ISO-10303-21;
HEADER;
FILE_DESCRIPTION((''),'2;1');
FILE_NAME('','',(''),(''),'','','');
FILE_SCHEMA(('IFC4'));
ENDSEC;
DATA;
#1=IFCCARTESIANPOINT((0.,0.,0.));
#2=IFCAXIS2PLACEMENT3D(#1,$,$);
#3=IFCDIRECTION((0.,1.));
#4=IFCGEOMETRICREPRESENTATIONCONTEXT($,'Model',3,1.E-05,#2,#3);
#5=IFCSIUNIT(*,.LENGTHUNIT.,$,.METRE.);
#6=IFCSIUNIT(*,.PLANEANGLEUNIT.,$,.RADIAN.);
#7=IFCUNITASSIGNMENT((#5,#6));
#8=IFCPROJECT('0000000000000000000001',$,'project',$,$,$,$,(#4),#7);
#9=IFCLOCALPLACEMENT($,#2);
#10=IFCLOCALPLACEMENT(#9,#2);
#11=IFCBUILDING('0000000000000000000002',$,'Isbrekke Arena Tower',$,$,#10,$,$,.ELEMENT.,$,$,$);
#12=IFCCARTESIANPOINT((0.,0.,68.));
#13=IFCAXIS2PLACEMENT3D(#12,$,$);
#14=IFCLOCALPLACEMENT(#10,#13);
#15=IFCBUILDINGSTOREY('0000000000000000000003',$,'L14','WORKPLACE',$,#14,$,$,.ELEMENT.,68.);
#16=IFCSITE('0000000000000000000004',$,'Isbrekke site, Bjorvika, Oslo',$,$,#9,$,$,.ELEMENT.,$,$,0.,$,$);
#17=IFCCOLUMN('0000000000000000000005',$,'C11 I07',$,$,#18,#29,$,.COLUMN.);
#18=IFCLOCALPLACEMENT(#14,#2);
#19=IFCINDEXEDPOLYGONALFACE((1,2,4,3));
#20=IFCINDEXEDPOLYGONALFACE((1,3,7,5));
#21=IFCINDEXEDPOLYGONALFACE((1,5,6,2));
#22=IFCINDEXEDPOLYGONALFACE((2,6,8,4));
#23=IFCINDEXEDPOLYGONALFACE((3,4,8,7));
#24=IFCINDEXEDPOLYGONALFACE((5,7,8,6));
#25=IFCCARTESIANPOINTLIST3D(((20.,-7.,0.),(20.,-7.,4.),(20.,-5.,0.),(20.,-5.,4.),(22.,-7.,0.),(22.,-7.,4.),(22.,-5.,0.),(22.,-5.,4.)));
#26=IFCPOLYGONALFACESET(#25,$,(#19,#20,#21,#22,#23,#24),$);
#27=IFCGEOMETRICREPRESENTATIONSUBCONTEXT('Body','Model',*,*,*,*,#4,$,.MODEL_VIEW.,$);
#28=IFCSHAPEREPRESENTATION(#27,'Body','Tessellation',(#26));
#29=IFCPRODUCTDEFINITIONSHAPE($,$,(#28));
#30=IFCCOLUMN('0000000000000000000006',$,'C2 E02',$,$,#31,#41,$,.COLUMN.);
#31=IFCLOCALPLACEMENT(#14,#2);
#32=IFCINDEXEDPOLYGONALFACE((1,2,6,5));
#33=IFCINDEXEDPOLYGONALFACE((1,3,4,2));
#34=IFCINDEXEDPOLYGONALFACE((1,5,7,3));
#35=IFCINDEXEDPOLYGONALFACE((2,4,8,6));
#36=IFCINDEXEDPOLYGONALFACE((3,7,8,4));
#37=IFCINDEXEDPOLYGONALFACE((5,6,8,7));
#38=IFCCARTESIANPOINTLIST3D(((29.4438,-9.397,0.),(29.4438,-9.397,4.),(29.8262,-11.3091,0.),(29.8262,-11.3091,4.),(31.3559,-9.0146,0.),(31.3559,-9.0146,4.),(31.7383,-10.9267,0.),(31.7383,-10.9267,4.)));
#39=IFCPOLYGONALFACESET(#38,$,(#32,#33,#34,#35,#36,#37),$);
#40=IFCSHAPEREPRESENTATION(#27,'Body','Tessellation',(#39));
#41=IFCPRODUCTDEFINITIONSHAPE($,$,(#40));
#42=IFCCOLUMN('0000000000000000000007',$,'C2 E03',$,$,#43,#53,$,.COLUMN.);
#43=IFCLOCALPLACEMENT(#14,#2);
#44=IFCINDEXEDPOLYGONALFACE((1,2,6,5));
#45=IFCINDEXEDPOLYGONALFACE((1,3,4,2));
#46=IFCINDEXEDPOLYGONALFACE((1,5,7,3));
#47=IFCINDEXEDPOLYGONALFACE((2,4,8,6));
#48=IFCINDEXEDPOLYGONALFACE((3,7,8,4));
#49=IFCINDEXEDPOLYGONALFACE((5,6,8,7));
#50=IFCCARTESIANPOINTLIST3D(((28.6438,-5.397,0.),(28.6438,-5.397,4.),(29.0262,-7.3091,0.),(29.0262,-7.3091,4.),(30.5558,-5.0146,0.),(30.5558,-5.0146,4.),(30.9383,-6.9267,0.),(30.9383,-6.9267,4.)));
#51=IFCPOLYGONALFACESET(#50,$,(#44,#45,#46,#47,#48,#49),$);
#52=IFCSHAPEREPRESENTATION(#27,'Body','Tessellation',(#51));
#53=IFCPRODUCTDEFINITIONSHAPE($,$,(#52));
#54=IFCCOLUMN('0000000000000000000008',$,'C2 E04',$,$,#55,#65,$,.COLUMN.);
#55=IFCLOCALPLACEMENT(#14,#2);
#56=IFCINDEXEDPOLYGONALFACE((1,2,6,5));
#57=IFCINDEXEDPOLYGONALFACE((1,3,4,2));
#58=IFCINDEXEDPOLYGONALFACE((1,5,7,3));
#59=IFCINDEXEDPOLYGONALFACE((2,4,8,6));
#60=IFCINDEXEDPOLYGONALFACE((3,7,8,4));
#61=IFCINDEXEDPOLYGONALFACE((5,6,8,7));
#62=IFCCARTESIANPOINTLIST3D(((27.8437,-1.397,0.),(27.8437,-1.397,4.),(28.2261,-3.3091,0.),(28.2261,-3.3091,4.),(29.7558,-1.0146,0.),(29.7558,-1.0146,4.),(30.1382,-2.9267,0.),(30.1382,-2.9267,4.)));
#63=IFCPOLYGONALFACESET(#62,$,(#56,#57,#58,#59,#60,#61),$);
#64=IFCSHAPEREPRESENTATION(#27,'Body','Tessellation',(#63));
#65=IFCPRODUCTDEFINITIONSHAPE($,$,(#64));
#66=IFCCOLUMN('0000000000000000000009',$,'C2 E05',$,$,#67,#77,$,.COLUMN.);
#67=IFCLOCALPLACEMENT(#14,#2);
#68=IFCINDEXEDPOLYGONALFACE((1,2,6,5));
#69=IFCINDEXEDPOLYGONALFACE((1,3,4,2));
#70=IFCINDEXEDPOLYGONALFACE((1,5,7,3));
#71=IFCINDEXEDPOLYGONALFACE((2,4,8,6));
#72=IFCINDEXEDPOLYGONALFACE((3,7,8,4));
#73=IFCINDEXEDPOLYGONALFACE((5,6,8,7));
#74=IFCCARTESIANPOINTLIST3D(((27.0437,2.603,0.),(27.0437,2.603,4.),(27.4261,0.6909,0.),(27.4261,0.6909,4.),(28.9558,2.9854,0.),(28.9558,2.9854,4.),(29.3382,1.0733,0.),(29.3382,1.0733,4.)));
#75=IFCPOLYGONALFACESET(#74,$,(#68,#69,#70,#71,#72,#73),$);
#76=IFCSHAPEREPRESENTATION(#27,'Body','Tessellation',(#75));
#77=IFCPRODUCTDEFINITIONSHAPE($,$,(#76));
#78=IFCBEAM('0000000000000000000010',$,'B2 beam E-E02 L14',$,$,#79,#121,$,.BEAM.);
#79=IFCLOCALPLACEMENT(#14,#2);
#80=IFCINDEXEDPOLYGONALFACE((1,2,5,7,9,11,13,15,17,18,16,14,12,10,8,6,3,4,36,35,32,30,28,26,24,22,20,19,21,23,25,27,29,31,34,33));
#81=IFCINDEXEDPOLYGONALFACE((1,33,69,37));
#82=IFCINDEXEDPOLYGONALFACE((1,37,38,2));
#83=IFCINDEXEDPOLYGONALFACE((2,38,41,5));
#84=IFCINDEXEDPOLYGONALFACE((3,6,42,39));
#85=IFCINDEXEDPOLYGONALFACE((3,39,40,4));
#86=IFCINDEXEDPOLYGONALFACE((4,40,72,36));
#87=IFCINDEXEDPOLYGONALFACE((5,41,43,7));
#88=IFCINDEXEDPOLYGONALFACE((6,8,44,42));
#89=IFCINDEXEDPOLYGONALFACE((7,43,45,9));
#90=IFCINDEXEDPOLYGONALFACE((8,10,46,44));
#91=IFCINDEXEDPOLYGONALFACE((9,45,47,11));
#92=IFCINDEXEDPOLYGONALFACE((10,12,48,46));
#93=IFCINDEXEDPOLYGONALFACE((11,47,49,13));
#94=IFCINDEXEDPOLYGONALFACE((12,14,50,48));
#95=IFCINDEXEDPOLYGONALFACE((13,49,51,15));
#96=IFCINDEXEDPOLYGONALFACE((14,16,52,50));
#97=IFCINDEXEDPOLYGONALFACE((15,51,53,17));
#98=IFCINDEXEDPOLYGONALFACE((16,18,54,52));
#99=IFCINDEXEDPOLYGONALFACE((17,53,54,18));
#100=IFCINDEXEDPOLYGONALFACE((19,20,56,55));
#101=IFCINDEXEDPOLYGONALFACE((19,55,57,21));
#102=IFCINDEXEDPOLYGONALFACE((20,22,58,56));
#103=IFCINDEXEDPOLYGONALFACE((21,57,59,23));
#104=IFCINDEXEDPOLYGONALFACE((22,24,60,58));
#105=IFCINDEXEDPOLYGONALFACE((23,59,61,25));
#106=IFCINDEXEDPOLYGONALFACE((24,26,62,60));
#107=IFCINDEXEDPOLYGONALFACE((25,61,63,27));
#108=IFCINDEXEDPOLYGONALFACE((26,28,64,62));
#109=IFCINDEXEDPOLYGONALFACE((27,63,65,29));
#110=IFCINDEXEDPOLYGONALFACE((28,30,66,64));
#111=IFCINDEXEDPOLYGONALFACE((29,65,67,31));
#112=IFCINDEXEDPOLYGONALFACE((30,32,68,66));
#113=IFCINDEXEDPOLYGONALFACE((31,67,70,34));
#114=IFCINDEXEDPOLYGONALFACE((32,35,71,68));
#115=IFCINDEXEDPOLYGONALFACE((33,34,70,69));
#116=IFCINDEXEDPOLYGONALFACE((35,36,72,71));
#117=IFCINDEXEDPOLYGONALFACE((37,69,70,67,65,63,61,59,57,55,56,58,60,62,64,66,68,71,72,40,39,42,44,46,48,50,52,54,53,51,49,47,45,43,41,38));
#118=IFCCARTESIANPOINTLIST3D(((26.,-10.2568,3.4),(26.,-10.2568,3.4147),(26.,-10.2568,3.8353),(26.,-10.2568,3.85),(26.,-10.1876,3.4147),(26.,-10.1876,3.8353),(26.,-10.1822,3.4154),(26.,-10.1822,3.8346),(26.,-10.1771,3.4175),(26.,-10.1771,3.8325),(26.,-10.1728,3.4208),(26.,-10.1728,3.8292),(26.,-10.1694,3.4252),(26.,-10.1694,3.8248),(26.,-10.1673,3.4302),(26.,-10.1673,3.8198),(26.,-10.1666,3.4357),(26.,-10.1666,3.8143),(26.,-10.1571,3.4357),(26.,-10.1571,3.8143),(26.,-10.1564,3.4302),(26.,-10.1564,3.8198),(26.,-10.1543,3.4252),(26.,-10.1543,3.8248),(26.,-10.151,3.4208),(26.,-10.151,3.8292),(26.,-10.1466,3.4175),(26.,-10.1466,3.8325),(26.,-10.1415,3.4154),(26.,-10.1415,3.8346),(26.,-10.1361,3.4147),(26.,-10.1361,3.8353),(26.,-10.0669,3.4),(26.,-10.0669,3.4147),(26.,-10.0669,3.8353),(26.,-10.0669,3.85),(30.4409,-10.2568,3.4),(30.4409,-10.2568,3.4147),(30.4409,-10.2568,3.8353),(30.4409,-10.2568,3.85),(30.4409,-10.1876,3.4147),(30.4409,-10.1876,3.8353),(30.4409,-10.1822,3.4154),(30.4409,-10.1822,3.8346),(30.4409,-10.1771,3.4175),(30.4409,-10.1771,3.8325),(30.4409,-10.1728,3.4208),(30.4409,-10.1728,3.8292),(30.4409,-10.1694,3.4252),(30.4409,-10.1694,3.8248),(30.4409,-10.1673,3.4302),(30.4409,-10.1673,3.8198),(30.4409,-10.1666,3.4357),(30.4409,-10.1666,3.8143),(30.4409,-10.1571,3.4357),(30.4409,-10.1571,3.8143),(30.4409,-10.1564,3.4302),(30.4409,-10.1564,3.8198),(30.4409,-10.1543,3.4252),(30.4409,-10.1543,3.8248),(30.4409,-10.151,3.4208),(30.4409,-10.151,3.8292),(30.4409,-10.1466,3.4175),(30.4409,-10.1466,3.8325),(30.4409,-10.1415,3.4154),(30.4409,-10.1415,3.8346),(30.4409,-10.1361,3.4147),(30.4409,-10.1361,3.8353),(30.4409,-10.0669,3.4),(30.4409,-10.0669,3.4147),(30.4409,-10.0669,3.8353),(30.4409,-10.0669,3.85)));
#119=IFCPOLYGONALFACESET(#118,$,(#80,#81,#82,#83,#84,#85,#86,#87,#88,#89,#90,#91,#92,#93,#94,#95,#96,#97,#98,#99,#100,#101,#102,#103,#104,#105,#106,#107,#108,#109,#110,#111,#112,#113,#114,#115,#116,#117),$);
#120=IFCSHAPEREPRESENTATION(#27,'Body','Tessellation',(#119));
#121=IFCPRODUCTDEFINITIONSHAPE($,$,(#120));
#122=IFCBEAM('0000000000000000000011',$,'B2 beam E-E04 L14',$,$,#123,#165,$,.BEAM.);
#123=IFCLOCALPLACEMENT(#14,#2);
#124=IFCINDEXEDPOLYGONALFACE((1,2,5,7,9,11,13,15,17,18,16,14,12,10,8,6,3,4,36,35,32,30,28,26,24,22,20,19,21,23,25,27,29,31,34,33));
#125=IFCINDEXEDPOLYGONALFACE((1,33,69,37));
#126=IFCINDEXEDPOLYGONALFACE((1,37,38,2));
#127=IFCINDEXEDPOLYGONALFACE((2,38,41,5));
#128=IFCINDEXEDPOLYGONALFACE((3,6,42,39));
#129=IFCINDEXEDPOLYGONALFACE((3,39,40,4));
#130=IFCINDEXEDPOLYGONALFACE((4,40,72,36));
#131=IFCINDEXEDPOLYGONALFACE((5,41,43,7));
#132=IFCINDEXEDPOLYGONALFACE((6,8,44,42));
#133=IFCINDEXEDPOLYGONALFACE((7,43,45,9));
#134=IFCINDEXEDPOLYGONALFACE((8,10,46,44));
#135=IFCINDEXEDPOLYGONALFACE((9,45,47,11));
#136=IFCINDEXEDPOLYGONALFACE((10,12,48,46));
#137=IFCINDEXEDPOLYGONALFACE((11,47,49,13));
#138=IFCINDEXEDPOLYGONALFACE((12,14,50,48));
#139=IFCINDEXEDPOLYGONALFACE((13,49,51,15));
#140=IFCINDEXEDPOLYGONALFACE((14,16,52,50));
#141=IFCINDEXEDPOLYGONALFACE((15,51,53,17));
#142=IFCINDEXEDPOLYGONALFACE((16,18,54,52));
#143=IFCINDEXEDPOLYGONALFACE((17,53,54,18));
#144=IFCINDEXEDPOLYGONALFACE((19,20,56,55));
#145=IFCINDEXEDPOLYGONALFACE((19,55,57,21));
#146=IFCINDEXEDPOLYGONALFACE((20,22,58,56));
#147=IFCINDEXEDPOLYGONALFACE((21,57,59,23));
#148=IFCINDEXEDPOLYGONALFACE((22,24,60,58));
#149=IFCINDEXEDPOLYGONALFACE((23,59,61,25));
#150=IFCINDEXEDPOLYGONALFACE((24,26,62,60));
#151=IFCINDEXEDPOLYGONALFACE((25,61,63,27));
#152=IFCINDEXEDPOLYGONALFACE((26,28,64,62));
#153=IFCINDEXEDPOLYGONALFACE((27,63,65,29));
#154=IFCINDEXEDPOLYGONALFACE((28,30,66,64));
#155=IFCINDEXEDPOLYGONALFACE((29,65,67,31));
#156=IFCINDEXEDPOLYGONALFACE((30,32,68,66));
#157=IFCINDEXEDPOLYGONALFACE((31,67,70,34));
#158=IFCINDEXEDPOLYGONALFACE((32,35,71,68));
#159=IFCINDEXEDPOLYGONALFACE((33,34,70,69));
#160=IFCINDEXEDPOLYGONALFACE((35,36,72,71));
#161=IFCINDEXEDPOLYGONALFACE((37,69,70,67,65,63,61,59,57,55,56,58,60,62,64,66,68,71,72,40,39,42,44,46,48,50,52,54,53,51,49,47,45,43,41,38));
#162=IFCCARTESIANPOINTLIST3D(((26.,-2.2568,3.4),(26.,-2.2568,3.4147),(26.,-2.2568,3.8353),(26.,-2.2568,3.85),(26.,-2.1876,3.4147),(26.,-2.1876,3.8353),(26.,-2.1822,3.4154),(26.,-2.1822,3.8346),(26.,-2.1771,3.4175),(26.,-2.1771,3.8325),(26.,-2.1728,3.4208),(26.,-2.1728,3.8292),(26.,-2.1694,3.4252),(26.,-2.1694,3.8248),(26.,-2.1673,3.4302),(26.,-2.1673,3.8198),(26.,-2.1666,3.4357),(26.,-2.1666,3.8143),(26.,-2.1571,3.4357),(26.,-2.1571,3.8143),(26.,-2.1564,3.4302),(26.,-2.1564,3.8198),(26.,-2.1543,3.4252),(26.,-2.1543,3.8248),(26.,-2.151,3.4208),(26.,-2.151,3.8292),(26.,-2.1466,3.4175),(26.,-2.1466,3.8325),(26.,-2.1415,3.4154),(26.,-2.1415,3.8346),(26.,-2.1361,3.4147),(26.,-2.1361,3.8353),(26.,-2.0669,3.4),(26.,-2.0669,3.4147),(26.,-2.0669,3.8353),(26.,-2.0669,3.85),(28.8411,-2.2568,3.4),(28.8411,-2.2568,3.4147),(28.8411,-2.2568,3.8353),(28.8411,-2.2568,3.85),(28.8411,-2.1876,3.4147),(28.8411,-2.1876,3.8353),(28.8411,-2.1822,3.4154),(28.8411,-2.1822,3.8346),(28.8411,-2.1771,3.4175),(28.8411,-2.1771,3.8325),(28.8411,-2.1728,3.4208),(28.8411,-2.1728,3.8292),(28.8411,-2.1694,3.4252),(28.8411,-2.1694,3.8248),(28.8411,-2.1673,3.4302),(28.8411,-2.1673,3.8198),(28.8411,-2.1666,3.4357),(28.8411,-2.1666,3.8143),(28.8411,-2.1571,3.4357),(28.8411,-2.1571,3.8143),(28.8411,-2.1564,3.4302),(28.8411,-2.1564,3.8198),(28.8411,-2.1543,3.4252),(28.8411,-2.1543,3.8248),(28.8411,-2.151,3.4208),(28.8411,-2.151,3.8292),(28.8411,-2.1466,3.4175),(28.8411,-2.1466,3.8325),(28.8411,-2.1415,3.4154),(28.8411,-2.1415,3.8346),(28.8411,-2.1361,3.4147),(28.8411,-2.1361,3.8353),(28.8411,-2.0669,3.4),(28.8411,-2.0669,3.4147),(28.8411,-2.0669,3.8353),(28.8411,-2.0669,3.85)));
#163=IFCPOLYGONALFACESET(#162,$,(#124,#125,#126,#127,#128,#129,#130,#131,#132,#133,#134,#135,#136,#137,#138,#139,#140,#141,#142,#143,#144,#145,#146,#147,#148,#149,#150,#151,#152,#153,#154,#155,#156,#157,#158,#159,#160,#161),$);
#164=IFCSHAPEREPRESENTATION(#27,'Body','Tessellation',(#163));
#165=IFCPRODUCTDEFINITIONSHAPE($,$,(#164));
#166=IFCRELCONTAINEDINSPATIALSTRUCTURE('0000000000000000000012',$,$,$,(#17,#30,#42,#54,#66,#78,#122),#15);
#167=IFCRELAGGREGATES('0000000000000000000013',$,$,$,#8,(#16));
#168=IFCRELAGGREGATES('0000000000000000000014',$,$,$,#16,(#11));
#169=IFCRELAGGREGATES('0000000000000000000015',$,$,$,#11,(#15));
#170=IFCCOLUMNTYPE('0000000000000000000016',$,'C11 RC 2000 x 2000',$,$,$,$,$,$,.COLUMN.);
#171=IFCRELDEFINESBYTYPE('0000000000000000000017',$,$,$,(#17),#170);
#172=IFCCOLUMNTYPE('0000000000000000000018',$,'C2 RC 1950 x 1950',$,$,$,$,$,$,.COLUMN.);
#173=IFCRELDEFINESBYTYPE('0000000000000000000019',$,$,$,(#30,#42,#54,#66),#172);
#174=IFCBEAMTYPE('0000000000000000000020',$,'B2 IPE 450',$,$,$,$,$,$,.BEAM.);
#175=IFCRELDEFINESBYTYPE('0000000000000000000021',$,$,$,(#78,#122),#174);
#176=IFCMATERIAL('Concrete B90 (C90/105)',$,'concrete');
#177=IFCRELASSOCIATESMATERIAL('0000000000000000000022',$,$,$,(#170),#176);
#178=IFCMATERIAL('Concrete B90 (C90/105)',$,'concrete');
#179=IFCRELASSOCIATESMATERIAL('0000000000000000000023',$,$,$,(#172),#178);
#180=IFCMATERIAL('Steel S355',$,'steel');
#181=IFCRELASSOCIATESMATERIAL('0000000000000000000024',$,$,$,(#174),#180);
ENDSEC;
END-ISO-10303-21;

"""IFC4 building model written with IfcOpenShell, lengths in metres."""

from ifc_helpers import new_model, si_unit, direction, frame, origin, origin_2d, place, context, subcontext, project, spatial, rectangle, i_section, extrude, material, material_profile, profile_set, type_object, element, save


model = new_model("IFC4")

# Units and contexts
model_context = context("Model", 3, precision=1e-05, world=origin(), true_north=direction((0.0, 1.0)))
body_context = subcontext(model_context, "Body", "Model", "MODEL_VIEW")
ifc_project = project(units=[si_unit("LENGTHUNIT", "METRE"), si_unit("PLANEANGLEUNIT", "RADIAN")], contexts=[model_context])

# Site, building, storey
site_placement = place(None, origin())
site = spatial("IfcSite", under=ifc_project, at=site_placement, Name="Isbrekke site, Bjorvika, Oslo", CompositionType="ELEMENT", RefElevation=0.0)
building_placement = place(site_placement, origin())
building = spatial("IfcBuilding", under=site, at=building_placement, Name="Isbrekke Arena Tower", CompositionType="ELEMENT")
storey_placement = place(building_placement, frame((0.0, 0.0, 68.0)))
storey = spatial("IfcBuildingStorey", under=building, at=storey_placement, Name="L14", Description="WORKPLACE", CompositionType="ELEMENT", Elevation=68.0)

# Columns
ifc_material_1 = material(Name="Concrete B90 (C90/105)", Category="concrete")
ifc_material_profile_1 = material_profile(ifc_material_1, rectangle(XDim=2.0, YDim=2.0, at=origin_2d()), Name="RC 2000x2000")
ifc_profile_set_1 = profile_set([ifc_material_profile_1], Name="Concrete B90 (C90/105)")
column_type_1 = type_object("IfcColumnType", Name="C11 RC 2000 x 2000", PredefinedType="COLUMN", material=ifc_profile_set_1)
column_placement = place(storey_placement, frame((21.0, -6.0, 0.0), z_axis=(0.0, 0.0, 1.0), x_axis=(1.0, 0.0, 0.0)))
element("IfcColumn", 1, at=column_placement, inside=storey, type_object=column_type_1, Name="C11 I07", PredefinedType="COLUMN", context=body_context, shape_type="SweptSolid", body=[
    extrude(rectangle(XDim=2.0, YDim=2.0, at=origin_2d()), origin(), (0.0, 0.0, 1.0), 4.0),
])
ifc_material_2 = material(Name="Concrete B90 (C90/105)", Category="concrete")
ifc_material_profile_2 = material_profile(ifc_material_2, rectangle(XDim=1.95, YDim=1.95, at=origin_2d()), Name="RC 1950x1950")
ifc_profile_set_2 = profile_set([ifc_material_profile_2], Name="Concrete B90 (C90/105)")
column_type_2 = type_object("IfcColumnType", Name="C2 RC 1950 x 1950", PredefinedType="COLUMN", material=ifc_profile_set_2)
for number, where, z_axis, x_axis, name in (
    (2, (30.5911, -10.1619, 0.0), (0.0, 0.0, 1.0), (-0.196116, 0.980581, 0.0), "C2 E02"),
    (3, (29.791, -6.1619, 0.0), (0.0, 0.0, 1.0), (-0.196116, 0.980581, 0.0), "C2 E03"),
    (4, (28.991, -2.1619, 0.0), (0.0, 0.0, 1.0), (-0.196116, 0.980581, 0.0), "C2 E04"),
    (5, (28.1909, 1.8381, 0.0), (0.0, 0.0, 1.0), (-0.196116, 0.980581, 0.0), "C2 E05"),
):
    element("IfcColumn", number, at=place(storey_placement, frame(where, z_axis=z_axis, x_axis=x_axis)), inside=storey, type_object=column_type_2, Name=name, PredefinedType="COLUMN", context=body_context, shape_type="SweptSolid", body=[
        extrude(rectangle(XDim=1.95, YDim=1.95, at=origin_2d()), origin(), (0.0, 0.0, 1.0), 4.0),
    ])

# Beams
ifc_material_3 = material(Name="Steel S355", Category="steel")
ifc_material_profile_3 = material_profile(ifc_material_3, i_section(OverallWidth=0.1899, OverallDepth=0.45, WebThickness=0.0095, FlangeThickness=0.0146, FilletRadius=0.021, at=origin_2d()), Name="IPE 450")
ifc_profile_set_3 = profile_set([ifc_material_profile_3], Name="Steel S355")
beam_type_1 = type_object("IfcBeamType", Name="B2 IPE 450", PredefinedType="BEAM", material=ifc_profile_set_3)
beam_1_placement = place(storey_placement, frame((30.4409, -10.1619, 3.625), z_axis=(-1.0, 0.0, 0.0), x_axis=(0.0, -1.0, 0.0)))
element("IfcBeam", 6, at=beam_1_placement, inside=storey, type_object=beam_type_1, Name="B2 beam E-E02 L14", PredefinedType="BEAM", context=body_context, shape_type="SweptSolid", body=[
    extrude(i_section(OverallWidth=0.1899, OverallDepth=0.45, WebThickness=0.0095, FlangeThickness=0.0146, FilletRadius=0.021, at=origin_2d()), origin(), (0.0, 0.0, 1.0), 4.4409),
])
beam_2_placement = place(storey_placement, frame((28.8411, -2.1619, 3.625), z_axis=(-1.0, 0.0, 0.0), x_axis=(0.0, -1.0, 0.0)))
element("IfcBeam", 7, at=beam_2_placement, inside=storey, type_object=beam_type_1, Name="B2 beam E-E04 L14", PredefinedType="BEAM", context=body_context, shape_type="SweptSolid", body=[
    extrude(i_section(OverallWidth=0.1899, OverallDepth=0.45, WebThickness=0.0095, FlangeThickness=0.0146, FilletRadius=0.021, at=origin_2d()), origin(), (0.0, 0.0, 1.0), 2.8411),
])

save(model, "model.ifc")
